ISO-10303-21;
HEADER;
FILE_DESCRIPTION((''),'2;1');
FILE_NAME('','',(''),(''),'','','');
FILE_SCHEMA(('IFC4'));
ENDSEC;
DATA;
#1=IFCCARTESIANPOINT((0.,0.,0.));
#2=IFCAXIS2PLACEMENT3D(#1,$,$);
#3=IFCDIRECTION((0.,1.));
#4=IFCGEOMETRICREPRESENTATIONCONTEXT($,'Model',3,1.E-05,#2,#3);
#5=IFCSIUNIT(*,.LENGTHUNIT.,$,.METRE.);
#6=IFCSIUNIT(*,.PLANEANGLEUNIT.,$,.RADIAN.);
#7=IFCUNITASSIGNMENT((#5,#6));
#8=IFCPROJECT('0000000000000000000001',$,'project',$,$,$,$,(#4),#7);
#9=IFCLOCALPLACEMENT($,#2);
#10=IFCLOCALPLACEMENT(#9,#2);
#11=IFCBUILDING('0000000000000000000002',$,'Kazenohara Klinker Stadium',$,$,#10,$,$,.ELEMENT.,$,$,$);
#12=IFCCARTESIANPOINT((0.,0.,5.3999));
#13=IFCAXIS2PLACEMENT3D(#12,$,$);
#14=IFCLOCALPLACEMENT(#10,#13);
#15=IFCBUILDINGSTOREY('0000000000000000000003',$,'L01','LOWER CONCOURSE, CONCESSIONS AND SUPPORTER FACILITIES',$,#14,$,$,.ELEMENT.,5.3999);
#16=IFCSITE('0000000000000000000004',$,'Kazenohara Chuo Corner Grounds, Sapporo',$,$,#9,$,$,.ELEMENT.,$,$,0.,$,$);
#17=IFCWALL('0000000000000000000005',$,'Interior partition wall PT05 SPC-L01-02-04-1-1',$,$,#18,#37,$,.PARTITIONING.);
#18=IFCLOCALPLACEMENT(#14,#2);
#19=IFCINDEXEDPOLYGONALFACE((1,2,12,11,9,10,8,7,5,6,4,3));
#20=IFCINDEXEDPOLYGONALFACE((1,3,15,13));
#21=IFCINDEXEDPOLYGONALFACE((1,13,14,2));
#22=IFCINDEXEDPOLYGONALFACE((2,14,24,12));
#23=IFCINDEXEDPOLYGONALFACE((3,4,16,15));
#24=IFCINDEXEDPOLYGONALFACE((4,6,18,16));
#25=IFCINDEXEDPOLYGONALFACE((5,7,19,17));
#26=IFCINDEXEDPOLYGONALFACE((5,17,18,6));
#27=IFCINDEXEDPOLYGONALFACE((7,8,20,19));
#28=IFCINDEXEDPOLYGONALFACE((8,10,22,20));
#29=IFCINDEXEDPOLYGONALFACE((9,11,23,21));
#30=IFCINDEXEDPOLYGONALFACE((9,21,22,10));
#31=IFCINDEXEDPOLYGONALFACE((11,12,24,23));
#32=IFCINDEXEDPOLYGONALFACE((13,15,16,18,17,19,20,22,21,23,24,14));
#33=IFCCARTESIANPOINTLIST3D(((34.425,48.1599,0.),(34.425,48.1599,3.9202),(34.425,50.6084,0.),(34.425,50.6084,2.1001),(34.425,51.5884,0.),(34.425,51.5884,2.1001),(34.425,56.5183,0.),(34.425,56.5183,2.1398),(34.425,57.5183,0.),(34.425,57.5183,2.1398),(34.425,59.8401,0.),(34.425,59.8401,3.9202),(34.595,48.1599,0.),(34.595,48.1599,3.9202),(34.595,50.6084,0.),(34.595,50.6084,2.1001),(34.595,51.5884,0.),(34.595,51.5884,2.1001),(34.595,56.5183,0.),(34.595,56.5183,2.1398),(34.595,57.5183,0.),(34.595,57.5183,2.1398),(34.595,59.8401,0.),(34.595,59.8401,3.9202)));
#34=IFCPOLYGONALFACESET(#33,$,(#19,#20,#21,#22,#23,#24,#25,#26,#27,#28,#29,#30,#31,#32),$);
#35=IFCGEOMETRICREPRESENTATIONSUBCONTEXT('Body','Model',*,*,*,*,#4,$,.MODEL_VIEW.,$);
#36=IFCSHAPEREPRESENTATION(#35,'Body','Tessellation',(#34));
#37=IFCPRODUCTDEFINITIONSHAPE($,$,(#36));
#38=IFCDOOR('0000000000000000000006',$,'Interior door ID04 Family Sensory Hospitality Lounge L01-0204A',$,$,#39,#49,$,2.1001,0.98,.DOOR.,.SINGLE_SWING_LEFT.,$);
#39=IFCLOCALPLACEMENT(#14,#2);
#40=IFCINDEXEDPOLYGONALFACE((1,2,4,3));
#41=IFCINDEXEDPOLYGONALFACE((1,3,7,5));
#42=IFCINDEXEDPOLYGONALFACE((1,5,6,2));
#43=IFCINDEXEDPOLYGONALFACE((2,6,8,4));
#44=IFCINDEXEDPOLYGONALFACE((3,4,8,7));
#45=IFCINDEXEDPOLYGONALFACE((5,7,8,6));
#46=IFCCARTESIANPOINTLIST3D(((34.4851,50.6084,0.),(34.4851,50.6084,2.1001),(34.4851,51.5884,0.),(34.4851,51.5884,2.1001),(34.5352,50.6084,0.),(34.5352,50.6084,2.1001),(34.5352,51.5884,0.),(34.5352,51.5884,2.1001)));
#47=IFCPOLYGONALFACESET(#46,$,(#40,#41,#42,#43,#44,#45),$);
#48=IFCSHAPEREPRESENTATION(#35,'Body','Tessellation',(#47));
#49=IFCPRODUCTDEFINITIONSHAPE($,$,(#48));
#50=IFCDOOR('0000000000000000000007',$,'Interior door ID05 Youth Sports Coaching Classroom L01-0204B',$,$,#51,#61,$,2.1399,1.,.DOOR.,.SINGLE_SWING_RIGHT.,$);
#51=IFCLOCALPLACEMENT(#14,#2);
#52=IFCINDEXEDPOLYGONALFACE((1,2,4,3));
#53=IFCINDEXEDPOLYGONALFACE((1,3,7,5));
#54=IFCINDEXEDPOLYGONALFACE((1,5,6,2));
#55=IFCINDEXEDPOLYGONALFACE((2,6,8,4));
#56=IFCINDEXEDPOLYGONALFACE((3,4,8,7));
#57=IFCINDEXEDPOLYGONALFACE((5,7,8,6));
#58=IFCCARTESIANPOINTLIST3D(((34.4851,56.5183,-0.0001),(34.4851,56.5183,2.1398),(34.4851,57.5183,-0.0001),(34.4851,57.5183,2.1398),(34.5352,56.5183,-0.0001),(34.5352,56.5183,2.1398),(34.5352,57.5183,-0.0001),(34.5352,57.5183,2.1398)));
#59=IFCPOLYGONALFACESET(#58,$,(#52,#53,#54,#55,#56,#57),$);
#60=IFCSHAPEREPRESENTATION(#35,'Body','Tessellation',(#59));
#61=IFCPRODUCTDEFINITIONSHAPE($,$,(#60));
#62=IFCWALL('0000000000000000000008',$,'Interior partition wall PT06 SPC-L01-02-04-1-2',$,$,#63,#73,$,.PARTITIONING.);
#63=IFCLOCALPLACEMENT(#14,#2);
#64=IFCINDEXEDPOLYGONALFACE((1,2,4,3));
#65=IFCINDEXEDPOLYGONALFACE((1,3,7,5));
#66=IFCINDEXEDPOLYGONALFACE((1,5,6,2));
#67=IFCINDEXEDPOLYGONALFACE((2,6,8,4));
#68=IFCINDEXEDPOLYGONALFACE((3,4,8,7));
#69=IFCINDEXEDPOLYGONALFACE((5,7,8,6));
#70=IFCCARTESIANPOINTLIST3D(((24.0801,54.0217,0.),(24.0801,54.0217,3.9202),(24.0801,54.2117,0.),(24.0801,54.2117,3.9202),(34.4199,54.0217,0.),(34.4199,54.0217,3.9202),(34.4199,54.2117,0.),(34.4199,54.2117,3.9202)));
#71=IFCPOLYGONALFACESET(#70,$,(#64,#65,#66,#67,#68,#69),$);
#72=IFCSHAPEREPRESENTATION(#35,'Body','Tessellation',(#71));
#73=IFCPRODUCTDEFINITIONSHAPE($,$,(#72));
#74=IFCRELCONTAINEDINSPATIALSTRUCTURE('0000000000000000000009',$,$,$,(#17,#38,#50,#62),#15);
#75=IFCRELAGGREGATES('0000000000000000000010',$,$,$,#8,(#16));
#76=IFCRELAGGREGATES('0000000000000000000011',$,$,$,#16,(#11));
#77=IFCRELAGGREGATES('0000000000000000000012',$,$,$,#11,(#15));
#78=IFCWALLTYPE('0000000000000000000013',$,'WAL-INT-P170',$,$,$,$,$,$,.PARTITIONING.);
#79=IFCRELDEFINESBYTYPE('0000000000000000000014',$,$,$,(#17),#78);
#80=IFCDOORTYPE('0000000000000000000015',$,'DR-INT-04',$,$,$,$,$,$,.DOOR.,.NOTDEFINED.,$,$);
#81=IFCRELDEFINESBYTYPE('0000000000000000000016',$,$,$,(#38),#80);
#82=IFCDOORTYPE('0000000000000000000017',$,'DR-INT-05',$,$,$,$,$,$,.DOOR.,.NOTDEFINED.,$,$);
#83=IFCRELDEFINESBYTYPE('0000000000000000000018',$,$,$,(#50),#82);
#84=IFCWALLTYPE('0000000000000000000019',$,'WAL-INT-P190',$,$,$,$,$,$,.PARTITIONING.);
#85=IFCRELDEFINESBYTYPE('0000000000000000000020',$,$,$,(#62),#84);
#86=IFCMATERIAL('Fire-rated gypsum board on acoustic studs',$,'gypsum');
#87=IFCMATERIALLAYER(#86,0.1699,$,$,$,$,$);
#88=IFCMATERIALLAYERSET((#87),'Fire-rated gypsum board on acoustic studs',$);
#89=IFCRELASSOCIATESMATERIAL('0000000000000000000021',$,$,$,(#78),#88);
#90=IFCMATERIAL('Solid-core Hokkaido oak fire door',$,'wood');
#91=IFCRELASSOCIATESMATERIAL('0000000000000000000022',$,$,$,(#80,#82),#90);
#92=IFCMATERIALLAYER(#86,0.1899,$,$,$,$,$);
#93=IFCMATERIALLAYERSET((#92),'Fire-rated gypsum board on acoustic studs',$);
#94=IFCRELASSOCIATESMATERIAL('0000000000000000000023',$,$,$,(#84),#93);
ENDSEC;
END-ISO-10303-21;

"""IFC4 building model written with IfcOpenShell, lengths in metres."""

from ifc_helpers import new_model, si_unit, direction, frame, frame_2d, origin, place, context, subcontext, project, spatial, rectangle, extrude, material, layer, layer_set, type_object, element, fill, save


model = new_model("IFC4")

# Units and contexts
model_context = context("Model", 3, precision=1e-05, world=origin(), true_north=direction((0.0, 1.0)))
body_context = subcontext(model_context, "Body", "Model", "MODEL_VIEW")
ifc_project = project(units=[si_unit("LENGTHUNIT", "METRE"), si_unit("PLANEANGLEUNIT", "RADIAN")], contexts=[model_context])

# Site, building, storey
site_placement = place(None, origin())
site = spatial("IfcSite", under=ifc_project, at=site_placement, Name="Kazenohara Chuo Corner Grounds, Sapporo", CompositionType="ELEMENT", RefElevation=0.0)
building_placement = place(site_placement, origin())
building = spatial("IfcBuilding", under=site, at=building_placement, Name="Kazenohara Klinker Stadium", CompositionType="ELEMENT")
storey_placement = place(building_placement, frame((0.0, 0.0, 5.3999)))
storey = spatial("IfcBuildingStorey", under=building, at=storey_placement, Name="L01", Description="LOWER CONCOURSE, CONCESSIONS AND SUPPORTER FACILITIES", CompositionType="ELEMENT", Elevation=5.3999)

# Shared definitions
ifc_material_1 = material(Name="Fire-rated gypsum board on acoustic studs", Category="gypsum")

# Wall, openings, doors
ifc_layer_1 = layer(ifc_material_1, 0.1699)
ifc_layer_set_1 = layer_set([ifc_layer_1], Name="Fire-rated gypsum board on acoustic studs")
wall_type_1 = type_object("IfcWallType", Name="WAL-INT-P170", PredefinedType="PARTITIONING", material=ifc_layer_set_1)
wall_1_placement = place(storey_placement, frame((34.51, 48.1599, 0.0), z_axis=(0.0, 0.0, 1.0), x_axis=(0.0, 1.0, 0.0)))
wall_1 = element("IfcWall", 1, at=wall_1_placement, inside=storey, type_object=wall_type_1, Name="Interior partition wall PT05 SPC-L01-02-04-1-1", PredefinedType="PARTITIONING", context=body_context, shape_type="SweptSolid", body=[
    extrude(rectangle(XDim=11.6802, YDim=0.1699, at=frame_2d((5.8401, 0.0))), origin(), (0.0, 0.0, 1.0), 3.9202),
])
opening_1_placement = place(wall_1_placement, frame((2.4485, 0.0, 0.0)))
opening_1 = element("IfcOpeningElement", 2, at=opening_1_placement, cuts=wall_1, PredefinedType="OPENING", context=body_context, shape_type="SweptSolid", body=[
    extrude(rectangle(XDim=0.98, YDim=2.1001, at=frame_2d((0.49, 1.05))), frame((0.0, 0.095, 0.0), z_axis=(0.0, -1.0, 0.0), x_axis=(1.0, 0.0, 0.0)), (0.0, 0.0, 1.0), 0.1899),
])
opening_2_placement = place(wall_1_placement, frame((8.3584, 0.0, 0.0)))
opening_2 = element("IfcOpeningElement", 3, at=opening_2_placement, cuts=wall_1, PredefinedType="OPENING", context=body_context, shape_type="SweptSolid", body=[
    extrude(rectangle(XDim=1.0, YDim=2.1399, at=frame_2d((0.5, 1.0698))), frame((0.0, 0.095, 0.0), z_axis=(0.0, -1.0, 0.0), x_axis=(1.0, 0.0, 0.0)), (0.0, 0.0, 1.0), 0.1899),
])
ifc_material_2 = material(Name="Solid-core Hokkaido oak fire door", Category="wood")
door_type_1 = type_object("IfcDoorType", Name="DR-INT-04", OperationType="NOTDEFINED", PredefinedType="DOOR", material=ifc_material_2)
door_1_placement = place(opening_1_placement, origin())
door_1 = element("IfcDoor", 4, at=door_1_placement, inside=storey, type_object=door_type_1, Name="Interior door ID04 Family Sensory Hospitality Lounge L01-0204A", OperationType="SINGLE_SWING_LEFT", OverallHeight=2.1001, OverallWidth=0.98, PredefinedType="DOOR", context=body_context, shape_type="SweptSolid", body=[
    extrude(rectangle(XDim=0.98, YDim=2.1001, at=frame_2d((0.49, 1.05))), frame((0.0, 0.0249, 0.0), z_axis=(0.0, -1.0, 0.0), x_axis=(1.0, 0.0, 0.0)), (0.0, 0.0, 1.0), 0.05),
])
fill(opening_1, door_1)
door_type_2 = type_object("IfcDoorType", Name="DR-INT-05", OperationType="NOTDEFINED", PredefinedType="DOOR", material=ifc_material_2)
door_2_placement = place(opening_2_placement, origin())
door_2 = element("IfcDoor", 5, at=door_2_placement, inside=storey, type_object=door_type_2, Name="Interior door ID05 Youth Sports Coaching Classroom L01-0204B", OperationType="SINGLE_SWING_RIGHT", OverallHeight=2.1399, OverallWidth=1.0, PredefinedType="DOOR", context=body_context, shape_type="SweptSolid", body=[
    extrude(rectangle(XDim=1.0, YDim=2.1399, at=frame_2d((0.5, 1.0698))), frame((0.0, 0.0249, 0.0), z_axis=(0.0, -1.0, 0.0), x_axis=(1.0, 0.0, 0.0)), (0.0, 0.0, 1.0), 0.05),
])
fill(opening_2, door_2)

# Wall
ifc_layer_2 = layer(ifc_material_1, 0.1899)
ifc_layer_set_2 = layer_set([ifc_layer_2], Name="Fire-rated gypsum board on acoustic studs")
wall_type_2 = type_object("IfcWallType", Name="WAL-INT-P190", PredefinedType="PARTITIONING", material=ifc_layer_set_2)
wall_2_placement = place(storey_placement, frame((24.0801, 54.1167, 0.0), z_axis=(0.0, 0.0, 1.0), x_axis=(1.0, 0.0, 0.0)))
element("IfcWall", 6, at=wall_2_placement, inside=storey, type_object=wall_type_2, Name="Interior partition wall PT06 SPC-L01-02-04-1-2", PredefinedType="PARTITIONING", context=body_context, shape_type="SweptSolid", body=[
    extrude(rectangle(XDim=10.3398, YDim=0.1899, at=frame_2d((5.1699, 0.0))), origin(), (0.0, 0.0, 1.0), 3.9202),
])

save(model, "model.ifc")
